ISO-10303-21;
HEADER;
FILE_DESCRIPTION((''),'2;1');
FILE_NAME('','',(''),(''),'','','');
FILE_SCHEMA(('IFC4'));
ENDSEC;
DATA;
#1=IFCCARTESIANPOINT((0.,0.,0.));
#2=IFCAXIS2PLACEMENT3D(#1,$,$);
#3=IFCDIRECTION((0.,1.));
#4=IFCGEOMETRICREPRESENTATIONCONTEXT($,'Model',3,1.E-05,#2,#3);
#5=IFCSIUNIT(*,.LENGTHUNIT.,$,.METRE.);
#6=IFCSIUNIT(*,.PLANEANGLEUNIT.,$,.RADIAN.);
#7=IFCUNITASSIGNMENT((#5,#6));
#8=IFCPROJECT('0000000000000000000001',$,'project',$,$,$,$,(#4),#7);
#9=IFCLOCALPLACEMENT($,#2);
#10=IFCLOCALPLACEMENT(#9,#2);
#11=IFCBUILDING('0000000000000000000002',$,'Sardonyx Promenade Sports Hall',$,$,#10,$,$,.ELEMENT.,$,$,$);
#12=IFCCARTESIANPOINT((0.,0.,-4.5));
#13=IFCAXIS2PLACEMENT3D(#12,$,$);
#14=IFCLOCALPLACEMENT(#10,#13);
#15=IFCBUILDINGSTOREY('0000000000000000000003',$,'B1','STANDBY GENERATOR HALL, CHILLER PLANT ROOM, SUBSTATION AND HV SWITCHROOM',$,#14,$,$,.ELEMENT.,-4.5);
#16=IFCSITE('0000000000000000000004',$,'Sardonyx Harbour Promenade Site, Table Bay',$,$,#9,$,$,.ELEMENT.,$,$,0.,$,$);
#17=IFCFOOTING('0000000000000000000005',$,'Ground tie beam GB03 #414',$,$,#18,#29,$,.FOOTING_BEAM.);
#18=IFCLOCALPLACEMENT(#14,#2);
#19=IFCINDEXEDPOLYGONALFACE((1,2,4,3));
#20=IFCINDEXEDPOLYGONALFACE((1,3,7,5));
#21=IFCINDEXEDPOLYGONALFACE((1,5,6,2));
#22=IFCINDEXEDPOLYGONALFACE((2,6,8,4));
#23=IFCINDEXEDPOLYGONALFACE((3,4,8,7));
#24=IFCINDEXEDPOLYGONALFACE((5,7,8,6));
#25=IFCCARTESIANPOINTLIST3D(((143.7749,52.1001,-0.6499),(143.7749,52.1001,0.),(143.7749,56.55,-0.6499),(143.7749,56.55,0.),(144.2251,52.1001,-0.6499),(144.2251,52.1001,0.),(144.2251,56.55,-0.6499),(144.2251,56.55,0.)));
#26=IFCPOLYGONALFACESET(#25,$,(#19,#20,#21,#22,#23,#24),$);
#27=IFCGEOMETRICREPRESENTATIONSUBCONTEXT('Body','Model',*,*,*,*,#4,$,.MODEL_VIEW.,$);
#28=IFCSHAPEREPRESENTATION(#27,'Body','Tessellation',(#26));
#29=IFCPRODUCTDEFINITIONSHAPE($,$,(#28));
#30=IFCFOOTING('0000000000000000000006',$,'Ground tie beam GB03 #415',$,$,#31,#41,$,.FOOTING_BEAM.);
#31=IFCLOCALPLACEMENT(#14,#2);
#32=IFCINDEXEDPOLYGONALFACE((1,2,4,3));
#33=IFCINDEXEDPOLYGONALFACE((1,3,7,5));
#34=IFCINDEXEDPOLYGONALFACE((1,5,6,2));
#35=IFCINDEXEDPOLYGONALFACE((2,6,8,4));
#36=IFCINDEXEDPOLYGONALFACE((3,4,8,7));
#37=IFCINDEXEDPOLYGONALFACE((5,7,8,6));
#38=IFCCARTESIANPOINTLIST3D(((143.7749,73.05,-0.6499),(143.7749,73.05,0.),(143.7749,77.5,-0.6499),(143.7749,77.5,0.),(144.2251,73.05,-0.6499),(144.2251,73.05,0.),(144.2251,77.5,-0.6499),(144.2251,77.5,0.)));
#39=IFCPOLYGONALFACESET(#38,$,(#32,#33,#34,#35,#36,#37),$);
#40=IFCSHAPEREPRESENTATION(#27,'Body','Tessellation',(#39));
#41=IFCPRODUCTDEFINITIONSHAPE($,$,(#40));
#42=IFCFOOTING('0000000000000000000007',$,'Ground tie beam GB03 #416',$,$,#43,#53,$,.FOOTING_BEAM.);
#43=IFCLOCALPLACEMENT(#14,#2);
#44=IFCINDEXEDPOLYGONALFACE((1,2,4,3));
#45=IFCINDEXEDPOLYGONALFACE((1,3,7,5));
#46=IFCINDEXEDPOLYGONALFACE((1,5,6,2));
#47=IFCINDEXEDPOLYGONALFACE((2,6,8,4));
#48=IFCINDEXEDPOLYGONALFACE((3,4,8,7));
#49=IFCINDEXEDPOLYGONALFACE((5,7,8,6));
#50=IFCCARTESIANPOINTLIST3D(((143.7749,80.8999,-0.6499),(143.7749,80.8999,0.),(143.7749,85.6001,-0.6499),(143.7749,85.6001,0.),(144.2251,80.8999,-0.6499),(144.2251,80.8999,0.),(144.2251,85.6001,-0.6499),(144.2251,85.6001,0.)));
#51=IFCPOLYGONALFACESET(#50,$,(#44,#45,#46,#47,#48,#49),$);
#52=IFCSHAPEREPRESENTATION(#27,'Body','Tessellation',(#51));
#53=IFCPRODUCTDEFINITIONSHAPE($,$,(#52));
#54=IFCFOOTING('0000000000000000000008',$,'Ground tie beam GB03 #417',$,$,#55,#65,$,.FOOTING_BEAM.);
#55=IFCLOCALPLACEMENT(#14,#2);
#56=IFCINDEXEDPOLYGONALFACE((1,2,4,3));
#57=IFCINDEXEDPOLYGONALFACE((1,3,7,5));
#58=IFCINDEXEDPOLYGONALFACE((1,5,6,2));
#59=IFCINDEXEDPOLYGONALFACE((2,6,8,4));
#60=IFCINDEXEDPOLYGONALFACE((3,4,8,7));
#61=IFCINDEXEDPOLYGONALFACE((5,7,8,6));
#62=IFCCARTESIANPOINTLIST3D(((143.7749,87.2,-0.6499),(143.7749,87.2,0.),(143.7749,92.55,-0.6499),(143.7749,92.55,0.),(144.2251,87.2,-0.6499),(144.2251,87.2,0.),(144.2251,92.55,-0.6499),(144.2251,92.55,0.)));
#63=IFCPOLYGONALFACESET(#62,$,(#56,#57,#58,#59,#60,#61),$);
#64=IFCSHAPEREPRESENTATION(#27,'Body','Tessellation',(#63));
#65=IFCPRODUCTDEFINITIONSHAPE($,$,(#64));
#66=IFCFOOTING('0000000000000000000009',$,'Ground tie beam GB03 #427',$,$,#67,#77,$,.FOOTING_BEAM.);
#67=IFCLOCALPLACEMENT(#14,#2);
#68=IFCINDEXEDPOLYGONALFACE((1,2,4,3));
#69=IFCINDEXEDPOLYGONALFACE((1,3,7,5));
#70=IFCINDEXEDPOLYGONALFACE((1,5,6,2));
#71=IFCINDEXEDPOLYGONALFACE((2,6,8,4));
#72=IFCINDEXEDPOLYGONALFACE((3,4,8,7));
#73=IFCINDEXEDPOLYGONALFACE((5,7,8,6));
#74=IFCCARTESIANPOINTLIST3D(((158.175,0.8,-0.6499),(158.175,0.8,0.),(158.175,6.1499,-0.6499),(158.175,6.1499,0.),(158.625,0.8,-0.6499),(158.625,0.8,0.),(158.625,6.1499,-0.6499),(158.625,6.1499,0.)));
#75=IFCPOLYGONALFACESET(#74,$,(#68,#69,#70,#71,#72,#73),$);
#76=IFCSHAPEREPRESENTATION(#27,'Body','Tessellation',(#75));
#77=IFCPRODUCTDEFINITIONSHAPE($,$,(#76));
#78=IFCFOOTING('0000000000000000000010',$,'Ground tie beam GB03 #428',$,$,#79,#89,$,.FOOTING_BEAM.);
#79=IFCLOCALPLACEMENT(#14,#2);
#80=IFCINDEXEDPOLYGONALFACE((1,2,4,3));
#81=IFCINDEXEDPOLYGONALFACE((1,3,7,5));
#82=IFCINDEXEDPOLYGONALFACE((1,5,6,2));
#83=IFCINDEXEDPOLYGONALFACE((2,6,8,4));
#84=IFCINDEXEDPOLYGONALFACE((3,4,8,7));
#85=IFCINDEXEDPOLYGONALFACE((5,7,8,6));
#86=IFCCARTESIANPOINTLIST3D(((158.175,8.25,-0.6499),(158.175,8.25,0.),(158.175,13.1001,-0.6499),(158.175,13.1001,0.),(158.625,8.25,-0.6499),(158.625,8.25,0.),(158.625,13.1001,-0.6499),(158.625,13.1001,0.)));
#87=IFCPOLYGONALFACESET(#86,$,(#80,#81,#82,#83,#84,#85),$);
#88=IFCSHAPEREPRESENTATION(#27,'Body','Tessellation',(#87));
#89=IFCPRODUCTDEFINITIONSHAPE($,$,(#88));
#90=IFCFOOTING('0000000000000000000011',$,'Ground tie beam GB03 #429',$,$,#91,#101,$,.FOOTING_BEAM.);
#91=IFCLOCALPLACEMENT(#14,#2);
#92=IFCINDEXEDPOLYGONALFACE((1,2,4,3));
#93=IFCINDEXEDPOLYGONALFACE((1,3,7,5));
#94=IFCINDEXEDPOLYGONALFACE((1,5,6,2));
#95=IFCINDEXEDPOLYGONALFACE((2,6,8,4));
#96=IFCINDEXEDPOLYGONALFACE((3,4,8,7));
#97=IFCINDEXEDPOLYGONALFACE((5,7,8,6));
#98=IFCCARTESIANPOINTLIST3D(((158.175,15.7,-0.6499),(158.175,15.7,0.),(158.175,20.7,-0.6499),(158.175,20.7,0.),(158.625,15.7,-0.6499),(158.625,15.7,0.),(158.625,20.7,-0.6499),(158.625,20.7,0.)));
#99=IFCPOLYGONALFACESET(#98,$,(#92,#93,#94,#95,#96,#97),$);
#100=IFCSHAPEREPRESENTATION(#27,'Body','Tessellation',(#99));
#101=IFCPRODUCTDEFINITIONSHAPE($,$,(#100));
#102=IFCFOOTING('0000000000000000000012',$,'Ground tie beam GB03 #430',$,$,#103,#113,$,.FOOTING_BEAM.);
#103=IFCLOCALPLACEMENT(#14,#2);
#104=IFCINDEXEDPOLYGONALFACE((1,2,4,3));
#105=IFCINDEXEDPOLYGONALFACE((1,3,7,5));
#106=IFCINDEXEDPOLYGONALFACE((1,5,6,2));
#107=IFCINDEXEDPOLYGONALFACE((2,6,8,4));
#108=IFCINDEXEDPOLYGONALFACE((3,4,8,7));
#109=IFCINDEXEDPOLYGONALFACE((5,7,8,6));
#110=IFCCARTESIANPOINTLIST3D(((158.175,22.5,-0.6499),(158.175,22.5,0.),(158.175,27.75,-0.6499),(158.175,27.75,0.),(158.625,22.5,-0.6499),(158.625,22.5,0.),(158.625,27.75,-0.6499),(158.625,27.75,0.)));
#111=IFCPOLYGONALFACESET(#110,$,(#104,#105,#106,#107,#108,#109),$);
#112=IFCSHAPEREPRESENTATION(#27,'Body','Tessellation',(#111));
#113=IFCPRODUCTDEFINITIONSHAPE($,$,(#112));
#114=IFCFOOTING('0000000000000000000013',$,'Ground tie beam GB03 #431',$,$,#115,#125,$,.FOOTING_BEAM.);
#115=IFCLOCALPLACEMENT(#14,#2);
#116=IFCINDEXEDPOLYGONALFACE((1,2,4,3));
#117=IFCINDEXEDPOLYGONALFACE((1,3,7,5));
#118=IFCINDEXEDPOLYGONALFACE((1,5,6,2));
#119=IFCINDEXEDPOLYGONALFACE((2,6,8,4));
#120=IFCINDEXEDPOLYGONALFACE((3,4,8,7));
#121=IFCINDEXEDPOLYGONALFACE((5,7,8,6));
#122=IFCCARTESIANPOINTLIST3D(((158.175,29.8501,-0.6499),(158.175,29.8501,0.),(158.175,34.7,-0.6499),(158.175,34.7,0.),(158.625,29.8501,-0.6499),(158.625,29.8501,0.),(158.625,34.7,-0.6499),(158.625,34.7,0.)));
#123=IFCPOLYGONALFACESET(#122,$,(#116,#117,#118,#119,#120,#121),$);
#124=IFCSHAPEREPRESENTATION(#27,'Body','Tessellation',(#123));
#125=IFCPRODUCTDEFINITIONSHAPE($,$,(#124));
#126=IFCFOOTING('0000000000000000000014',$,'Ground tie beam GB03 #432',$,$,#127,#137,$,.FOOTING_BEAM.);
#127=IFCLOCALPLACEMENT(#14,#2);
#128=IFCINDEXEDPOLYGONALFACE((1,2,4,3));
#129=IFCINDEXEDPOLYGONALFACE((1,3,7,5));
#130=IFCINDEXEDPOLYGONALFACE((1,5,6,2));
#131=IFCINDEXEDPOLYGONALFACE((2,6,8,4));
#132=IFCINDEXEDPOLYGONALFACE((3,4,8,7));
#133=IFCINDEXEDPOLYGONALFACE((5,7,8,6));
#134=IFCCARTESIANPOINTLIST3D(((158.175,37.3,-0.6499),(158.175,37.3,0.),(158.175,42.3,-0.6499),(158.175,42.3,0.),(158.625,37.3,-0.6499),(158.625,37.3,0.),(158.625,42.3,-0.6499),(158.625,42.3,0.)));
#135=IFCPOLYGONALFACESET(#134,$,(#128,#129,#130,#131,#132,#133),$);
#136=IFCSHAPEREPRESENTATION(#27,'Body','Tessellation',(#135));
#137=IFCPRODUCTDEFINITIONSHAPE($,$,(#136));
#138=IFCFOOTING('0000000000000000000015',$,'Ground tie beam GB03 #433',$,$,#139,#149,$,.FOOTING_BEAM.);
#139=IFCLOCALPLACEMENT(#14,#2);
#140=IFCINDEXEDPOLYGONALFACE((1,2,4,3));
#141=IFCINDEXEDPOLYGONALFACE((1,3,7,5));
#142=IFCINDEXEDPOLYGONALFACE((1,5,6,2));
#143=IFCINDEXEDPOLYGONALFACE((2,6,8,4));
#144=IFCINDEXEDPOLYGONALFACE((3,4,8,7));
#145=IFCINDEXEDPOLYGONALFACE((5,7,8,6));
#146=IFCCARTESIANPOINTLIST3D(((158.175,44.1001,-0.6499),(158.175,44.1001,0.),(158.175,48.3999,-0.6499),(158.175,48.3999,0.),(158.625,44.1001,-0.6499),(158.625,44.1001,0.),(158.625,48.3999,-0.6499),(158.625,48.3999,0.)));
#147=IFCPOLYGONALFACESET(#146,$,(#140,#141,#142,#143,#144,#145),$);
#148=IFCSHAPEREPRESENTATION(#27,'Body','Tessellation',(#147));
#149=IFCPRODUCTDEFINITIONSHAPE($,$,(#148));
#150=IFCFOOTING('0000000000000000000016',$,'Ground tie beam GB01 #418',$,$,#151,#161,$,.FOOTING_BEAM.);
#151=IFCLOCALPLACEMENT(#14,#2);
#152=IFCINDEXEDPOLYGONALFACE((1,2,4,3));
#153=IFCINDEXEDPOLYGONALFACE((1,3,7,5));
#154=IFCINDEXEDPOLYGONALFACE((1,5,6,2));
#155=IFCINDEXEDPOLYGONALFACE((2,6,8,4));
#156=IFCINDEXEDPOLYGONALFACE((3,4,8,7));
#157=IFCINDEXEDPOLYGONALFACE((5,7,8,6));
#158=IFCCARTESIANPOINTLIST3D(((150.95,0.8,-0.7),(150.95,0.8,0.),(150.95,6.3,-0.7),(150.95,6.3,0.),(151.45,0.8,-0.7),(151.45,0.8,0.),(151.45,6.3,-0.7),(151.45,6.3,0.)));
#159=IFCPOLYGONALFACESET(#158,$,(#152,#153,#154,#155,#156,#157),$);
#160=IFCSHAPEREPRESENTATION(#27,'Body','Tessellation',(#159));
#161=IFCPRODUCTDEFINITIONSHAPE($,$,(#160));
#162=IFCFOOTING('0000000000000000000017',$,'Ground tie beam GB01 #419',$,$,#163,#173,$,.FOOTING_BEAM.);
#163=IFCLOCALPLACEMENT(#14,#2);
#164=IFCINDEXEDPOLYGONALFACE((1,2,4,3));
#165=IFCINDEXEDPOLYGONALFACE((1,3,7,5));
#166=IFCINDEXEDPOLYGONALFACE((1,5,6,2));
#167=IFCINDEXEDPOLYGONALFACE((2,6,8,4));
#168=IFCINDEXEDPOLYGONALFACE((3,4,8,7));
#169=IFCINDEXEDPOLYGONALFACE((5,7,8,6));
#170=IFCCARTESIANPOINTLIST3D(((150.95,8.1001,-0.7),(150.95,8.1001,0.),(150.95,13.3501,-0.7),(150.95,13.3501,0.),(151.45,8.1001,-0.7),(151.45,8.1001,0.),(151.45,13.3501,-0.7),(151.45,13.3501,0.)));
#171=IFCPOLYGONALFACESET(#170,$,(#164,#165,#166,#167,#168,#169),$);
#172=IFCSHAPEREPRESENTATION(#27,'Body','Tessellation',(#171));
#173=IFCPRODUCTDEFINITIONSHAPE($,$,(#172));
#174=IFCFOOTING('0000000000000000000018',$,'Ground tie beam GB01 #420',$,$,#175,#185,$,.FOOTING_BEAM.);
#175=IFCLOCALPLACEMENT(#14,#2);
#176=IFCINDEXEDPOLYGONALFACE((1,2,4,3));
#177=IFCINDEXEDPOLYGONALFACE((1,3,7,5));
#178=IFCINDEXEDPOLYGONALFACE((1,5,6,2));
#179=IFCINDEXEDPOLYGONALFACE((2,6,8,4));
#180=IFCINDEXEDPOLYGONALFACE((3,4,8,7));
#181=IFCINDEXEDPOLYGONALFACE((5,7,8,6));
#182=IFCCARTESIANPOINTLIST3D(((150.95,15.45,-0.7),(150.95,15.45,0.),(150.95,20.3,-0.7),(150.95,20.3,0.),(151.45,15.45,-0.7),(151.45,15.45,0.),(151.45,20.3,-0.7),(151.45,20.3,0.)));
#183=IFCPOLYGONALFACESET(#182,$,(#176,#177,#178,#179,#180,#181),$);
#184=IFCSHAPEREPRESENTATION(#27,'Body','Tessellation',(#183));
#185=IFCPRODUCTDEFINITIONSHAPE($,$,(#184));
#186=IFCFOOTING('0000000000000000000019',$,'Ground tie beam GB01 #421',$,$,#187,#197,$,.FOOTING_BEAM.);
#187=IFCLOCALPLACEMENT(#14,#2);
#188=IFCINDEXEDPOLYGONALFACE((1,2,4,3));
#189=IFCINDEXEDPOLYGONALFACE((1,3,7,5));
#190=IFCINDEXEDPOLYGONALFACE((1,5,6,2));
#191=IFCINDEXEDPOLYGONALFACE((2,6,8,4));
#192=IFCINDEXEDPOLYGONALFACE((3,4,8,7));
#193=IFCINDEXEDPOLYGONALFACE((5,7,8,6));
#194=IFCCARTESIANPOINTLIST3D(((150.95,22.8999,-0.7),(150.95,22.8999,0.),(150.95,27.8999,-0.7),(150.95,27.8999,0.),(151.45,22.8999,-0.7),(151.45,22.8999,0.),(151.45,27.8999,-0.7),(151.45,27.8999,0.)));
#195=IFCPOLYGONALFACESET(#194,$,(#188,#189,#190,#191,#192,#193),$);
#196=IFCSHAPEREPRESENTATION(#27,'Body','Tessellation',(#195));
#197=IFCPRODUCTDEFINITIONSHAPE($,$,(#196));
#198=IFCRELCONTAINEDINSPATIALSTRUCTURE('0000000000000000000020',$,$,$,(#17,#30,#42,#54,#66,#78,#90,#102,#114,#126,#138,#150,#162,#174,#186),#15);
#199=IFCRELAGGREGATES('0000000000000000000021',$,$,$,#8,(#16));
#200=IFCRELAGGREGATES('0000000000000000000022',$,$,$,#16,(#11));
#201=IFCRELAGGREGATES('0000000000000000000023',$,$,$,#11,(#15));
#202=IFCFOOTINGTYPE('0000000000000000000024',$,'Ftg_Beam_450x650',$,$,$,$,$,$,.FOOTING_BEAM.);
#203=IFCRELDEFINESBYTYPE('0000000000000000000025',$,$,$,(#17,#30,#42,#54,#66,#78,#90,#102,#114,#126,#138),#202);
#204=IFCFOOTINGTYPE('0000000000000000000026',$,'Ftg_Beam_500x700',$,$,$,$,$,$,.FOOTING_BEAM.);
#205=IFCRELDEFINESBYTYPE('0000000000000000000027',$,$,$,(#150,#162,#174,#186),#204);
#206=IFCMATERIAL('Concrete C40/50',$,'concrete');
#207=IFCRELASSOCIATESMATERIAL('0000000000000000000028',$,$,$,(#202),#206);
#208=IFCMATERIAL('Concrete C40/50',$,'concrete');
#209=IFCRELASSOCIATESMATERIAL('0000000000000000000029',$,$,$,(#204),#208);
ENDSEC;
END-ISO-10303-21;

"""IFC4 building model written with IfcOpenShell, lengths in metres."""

from ifc_helpers import new_model, si_unit, direction, frame, origin, place, context, subcontext, project, spatial, polyline, outline, extrude, material, type_object, element, save


model = new_model("IFC4")

# Units and contexts
model_context = context("Model", 3, precision=1e-05, world=origin(), true_north=direction((0.0, 1.0)))
body_context = subcontext(model_context, "Body", "Model", "MODEL_VIEW")
ifc_project = project(units=[si_unit("LENGTHUNIT", "METRE"), si_unit("PLANEANGLEUNIT", "RADIAN")], contexts=[model_context])

# Site, building, storey
site_placement = place(None, origin())
site = spatial("IfcSite", under=ifc_project, at=site_placement, Name="Sardonyx Harbour Promenade Site, Table Bay", CompositionType="ELEMENT", RefElevation=0.0)
building_placement = place(site_placement, origin())
building = spatial("IfcBuilding", under=site, at=building_placement, Name="Sardonyx Promenade Sports Hall", CompositionType="ELEMENT")
storey_placement = place(building_placement, frame((0.0, 0.0, -4.5)))
storey = spatial("IfcBuildingStorey", under=building, at=storey_placement, Name="B1", Description="STANDBY GENERATOR HALL, CHILLER PLANT ROOM, SUBSTATION AND HV SWITCHROOM", CompositionType="ELEMENT", Elevation=-4.5)

# Footings
ifc_material_1 = material(Name="Concrete C40/50", Category="concrete")
footing_type_1 = type_object("IfcFootingType", Name="Ftg_Beam_450x650", PredefinedType="FOOTING_BEAM", material=ifc_material_1)
footing_1_placement = place(storey_placement, frame((0.0, 0.0, -0.6499)))
element("IfcFooting", 1, at=footing_1_placement, inside=storey, type_object=footing_type_1, Name="Ground tie beam GB03 #414", PredefinedType="FOOTING_BEAM", context=body_context, shape_type="SweptSolid", body=[
    extrude(outline(polyline([(143.7749, 52.1001), (144.2251, 52.1001), (144.2251, 56.55), (143.7749, 56.55), (143.7749, 52.1001)])), origin(), (0.0, 0.0, 1.0), 0.6499),
])
footing_2_placement = place(storey_placement, frame((0.0, 0.0, -0.6499)))
element("IfcFooting", 2, at=footing_2_placement, inside=storey, type_object=footing_type_1, Name="Ground tie beam GB03 #415", PredefinedType="FOOTING_BEAM", context=body_context, shape_type="SweptSolid", body=[
    extrude(outline(polyline([(143.7749, 73.05), (144.2251, 73.05), (144.2251, 77.5), (143.7749, 77.5), (143.7749, 73.05)])), origin(), (0.0, 0.0, 1.0), 0.6499),
])
footing_3_placement = place(storey_placement, frame((0.0, 0.0, -0.6499)))
element("IfcFooting", 3, at=footing_3_placement, inside=storey, type_object=footing_type_1, Name="Ground tie beam GB03 #416", PredefinedType="FOOTING_BEAM", context=body_context, shape_type="SweptSolid", body=[
    extrude(outline(polyline([(143.7749, 80.8999), (144.2251, 80.8999), (144.2251, 85.6001), (143.7749, 85.6001), (143.7749, 80.8999)])), origin(), (0.0, 0.0, 1.0), 0.6499),
])
footing_4_placement = place(storey_placement, frame((0.0, 0.0, -0.6499)))
element("IfcFooting", 4, at=footing_4_placement, inside=storey, type_object=footing_type_1, Name="Ground tie beam GB03 #417", PredefinedType="FOOTING_BEAM", context=body_context, shape_type="SweptSolid", body=[
    extrude(outline(polyline([(143.7749, 87.2), (144.2251, 87.2), (144.2251, 92.55), (143.7749, 92.55), (143.7749, 87.2)])), origin(), (0.0, 0.0, 1.0), 0.6499),
])
footing_5_placement = place(storey_placement, frame((0.0, 0.0, -0.6499)))
element("IfcFooting", 5, at=footing_5_placement, inside=storey, type_object=footing_type_1, Name="Ground tie beam GB03 #427", PredefinedType="FOOTING_BEAM", context=body_context, shape_type="SweptSolid", body=[
    extrude(outline(polyline([(158.175, 0.8), (158.625, 0.8), (158.625, 6.1499), (158.175, 6.1499), (158.175, 0.8)])), origin(), (0.0, 0.0, 1.0), 0.6499),
])
footing_6_placement = place(storey_placement, frame((0.0, 0.0, -0.6499)))
element("IfcFooting", 6, at=footing_6_placement, inside=storey, type_object=footing_type_1, Name="Ground tie beam GB03 #428", PredefinedType="FOOTING_BEAM", context=body_context, shape_type="SweptSolid", body=[
    extrude(outline(polyline([(158.175, 8.25), (158.625, 8.25), (158.625, 13.1001), (158.175, 13.1001), (158.175, 8.25)])), origin(), (0.0, 0.0, 1.0), 0.6499),
])
footing_7_placement = place(storey_placement, frame((0.0, 0.0, -0.6499)))
element("IfcFooting", 7, at=footing_7_placement, inside=storey, type_object=footing_type_1, Name="Ground tie beam GB03 #429", PredefinedType="FOOTING_BEAM", context=body_context, shape_type="SweptSolid", body=[
    extrude(outline(polyline([(158.175, 15.7), (158.625, 15.7), (158.625, 20.7), (158.175, 20.7), (158.175, 15.7)])), origin(), (0.0, 0.0, 1.0), 0.6499),
])
footing_8_placement = place(storey_placement, frame((0.0, 0.0, -0.6499)))
element("IfcFooting", 8, at=footing_8_placement, inside=storey, type_object=footing_type_1, Name="Ground tie beam GB03 #430", PredefinedType="FOOTING_BEAM", context=body_context, shape_type="SweptSolid", body=[
    extrude(outline(polyline([(158.175, 22.5), (158.625, 22.5), (158.625, 27.75), (158.175, 27.75), (158.175, 22.5)])), origin(), (0.0, 0.0, 1.0), 0.6499),
])
footing_9_placement = place(storey_placement, frame((0.0, 0.0, -0.6499)))
element("IfcFooting", 9, at=footing_9_placement, inside=storey, type_object=footing_type_1, Name="Ground tie beam GB03 #431", PredefinedType="FOOTING_BEAM", context=body_context, shape_type="SweptSolid", body=[
    extrude(outline(polyline([(158.175, 29.8501), (158.625, 29.8501), (158.625, 34.7), (158.175, 34.7), (158.175, 29.8501)])), origin(), (0.0, 0.0, 1.0), 0.6499),
])
footing_10_placement = place(storey_placement, frame((0.0, 0.0, -0.6499)))
element("IfcFooting", 10, at=footing_10_placement, inside=storey, type_object=footing_type_1, Name="Ground tie beam GB03 #432", PredefinedType="FOOTING_BEAM", context=body_context, shape_type="SweptSolid", body=[
    extrude(outline(polyline([(158.175, 37.3), (158.625, 37.3), (158.625, 42.3), (158.175, 42.3), (158.175, 37.3)])), origin(), (0.0, 0.0, 1.0), 0.6499),
])
footing_11_placement = place(storey_placement, frame((0.0, 0.0, -0.6499)))
element("IfcFooting", 11, at=footing_11_placement, inside=storey, type_object=footing_type_1, Name="Ground tie beam GB03 #433", PredefinedType="FOOTING_BEAM", context=body_context, shape_type="SweptSolid", body=[
    extrude(outline(polyline([(158.175, 44.1001), (158.625, 44.1001), (158.625, 48.3999), (158.175, 48.3999), (158.175, 44.1001)])), origin(), (0.0, 0.0, 1.0), 0.6499),
])
ifc_material_2 = material(Name="Concrete C40/50", Category="concrete")
footing_type_2 = type_object("IfcFootingType", Name="Ftg_Beam_500x700", PredefinedType="FOOTING_BEAM", material=ifc_material_2)
footing_12_placement = place(storey_placement, frame((0.0, 0.0, -0.7)))
element("IfcFooting", 12, at=footing_12_placement, inside=storey, type_object=footing_type_2, Name="Ground tie beam GB01 #418", PredefinedType="FOOTING_BEAM", context=body_context, shape_type="SweptSolid", body=[
    extrude(outline(polyline([(150.95, 0.8), (151.45, 0.8), (151.45, 6.3), (150.95, 6.3), (150.95, 0.8)])), origin(), (0.0, 0.0, 1.0), 0.7),
])
footing_13_placement = place(storey_placement, frame((0.0, 0.0, -0.7)))
element("IfcFooting", 13, at=footing_13_placement, inside=storey, type_object=footing_type_2, Name="Ground tie beam GB01 #419", PredefinedType="FOOTING_BEAM", context=body_context, shape_type="SweptSolid", body=[
    extrude(outline(polyline([(150.95, 8.1001), (151.45, 8.1001), (151.45, 13.3501), (150.95, 13.3501), (150.95, 8.1001)])), origin(), (0.0, 0.0, 1.0), 0.7),
])
footing_14_placement = place(storey_placement, frame((0.0, 0.0, -0.7)))
element("IfcFooting", 14, at=footing_14_placement, inside=storey, type_object=footing_type_2, Name="Ground tie beam GB01 #420", PredefinedType="FOOTING_BEAM", context=body_context, shape_type="SweptSolid", body=[
    extrude(outline(polyline([(150.95, 15.45), (151.45, 15.45), (151.45, 20.3), (150.95, 20.3), (150.95, 15.45)])), origin(), (0.0, 0.0, 1.0), 0.7),
])
footing_15_placement = place(storey_placement, frame((0.0, 0.0, -0.7)))
element("IfcFooting", 15, at=footing_15_placement, inside=storey, type_object=footing_type_2, Name="Ground tie beam GB01 #421", PredefinedType="FOOTING_BEAM", context=body_context, shape_type="SweptSolid", body=[
    extrude(outline(polyline([(150.95, 22.8999), (151.45, 22.8999), (151.45, 27.8999), (150.95, 27.8999), (150.95, 22.8999)])), origin(), (0.0, 0.0, 1.0), 0.7),
])

save(model, "model.ifc")
